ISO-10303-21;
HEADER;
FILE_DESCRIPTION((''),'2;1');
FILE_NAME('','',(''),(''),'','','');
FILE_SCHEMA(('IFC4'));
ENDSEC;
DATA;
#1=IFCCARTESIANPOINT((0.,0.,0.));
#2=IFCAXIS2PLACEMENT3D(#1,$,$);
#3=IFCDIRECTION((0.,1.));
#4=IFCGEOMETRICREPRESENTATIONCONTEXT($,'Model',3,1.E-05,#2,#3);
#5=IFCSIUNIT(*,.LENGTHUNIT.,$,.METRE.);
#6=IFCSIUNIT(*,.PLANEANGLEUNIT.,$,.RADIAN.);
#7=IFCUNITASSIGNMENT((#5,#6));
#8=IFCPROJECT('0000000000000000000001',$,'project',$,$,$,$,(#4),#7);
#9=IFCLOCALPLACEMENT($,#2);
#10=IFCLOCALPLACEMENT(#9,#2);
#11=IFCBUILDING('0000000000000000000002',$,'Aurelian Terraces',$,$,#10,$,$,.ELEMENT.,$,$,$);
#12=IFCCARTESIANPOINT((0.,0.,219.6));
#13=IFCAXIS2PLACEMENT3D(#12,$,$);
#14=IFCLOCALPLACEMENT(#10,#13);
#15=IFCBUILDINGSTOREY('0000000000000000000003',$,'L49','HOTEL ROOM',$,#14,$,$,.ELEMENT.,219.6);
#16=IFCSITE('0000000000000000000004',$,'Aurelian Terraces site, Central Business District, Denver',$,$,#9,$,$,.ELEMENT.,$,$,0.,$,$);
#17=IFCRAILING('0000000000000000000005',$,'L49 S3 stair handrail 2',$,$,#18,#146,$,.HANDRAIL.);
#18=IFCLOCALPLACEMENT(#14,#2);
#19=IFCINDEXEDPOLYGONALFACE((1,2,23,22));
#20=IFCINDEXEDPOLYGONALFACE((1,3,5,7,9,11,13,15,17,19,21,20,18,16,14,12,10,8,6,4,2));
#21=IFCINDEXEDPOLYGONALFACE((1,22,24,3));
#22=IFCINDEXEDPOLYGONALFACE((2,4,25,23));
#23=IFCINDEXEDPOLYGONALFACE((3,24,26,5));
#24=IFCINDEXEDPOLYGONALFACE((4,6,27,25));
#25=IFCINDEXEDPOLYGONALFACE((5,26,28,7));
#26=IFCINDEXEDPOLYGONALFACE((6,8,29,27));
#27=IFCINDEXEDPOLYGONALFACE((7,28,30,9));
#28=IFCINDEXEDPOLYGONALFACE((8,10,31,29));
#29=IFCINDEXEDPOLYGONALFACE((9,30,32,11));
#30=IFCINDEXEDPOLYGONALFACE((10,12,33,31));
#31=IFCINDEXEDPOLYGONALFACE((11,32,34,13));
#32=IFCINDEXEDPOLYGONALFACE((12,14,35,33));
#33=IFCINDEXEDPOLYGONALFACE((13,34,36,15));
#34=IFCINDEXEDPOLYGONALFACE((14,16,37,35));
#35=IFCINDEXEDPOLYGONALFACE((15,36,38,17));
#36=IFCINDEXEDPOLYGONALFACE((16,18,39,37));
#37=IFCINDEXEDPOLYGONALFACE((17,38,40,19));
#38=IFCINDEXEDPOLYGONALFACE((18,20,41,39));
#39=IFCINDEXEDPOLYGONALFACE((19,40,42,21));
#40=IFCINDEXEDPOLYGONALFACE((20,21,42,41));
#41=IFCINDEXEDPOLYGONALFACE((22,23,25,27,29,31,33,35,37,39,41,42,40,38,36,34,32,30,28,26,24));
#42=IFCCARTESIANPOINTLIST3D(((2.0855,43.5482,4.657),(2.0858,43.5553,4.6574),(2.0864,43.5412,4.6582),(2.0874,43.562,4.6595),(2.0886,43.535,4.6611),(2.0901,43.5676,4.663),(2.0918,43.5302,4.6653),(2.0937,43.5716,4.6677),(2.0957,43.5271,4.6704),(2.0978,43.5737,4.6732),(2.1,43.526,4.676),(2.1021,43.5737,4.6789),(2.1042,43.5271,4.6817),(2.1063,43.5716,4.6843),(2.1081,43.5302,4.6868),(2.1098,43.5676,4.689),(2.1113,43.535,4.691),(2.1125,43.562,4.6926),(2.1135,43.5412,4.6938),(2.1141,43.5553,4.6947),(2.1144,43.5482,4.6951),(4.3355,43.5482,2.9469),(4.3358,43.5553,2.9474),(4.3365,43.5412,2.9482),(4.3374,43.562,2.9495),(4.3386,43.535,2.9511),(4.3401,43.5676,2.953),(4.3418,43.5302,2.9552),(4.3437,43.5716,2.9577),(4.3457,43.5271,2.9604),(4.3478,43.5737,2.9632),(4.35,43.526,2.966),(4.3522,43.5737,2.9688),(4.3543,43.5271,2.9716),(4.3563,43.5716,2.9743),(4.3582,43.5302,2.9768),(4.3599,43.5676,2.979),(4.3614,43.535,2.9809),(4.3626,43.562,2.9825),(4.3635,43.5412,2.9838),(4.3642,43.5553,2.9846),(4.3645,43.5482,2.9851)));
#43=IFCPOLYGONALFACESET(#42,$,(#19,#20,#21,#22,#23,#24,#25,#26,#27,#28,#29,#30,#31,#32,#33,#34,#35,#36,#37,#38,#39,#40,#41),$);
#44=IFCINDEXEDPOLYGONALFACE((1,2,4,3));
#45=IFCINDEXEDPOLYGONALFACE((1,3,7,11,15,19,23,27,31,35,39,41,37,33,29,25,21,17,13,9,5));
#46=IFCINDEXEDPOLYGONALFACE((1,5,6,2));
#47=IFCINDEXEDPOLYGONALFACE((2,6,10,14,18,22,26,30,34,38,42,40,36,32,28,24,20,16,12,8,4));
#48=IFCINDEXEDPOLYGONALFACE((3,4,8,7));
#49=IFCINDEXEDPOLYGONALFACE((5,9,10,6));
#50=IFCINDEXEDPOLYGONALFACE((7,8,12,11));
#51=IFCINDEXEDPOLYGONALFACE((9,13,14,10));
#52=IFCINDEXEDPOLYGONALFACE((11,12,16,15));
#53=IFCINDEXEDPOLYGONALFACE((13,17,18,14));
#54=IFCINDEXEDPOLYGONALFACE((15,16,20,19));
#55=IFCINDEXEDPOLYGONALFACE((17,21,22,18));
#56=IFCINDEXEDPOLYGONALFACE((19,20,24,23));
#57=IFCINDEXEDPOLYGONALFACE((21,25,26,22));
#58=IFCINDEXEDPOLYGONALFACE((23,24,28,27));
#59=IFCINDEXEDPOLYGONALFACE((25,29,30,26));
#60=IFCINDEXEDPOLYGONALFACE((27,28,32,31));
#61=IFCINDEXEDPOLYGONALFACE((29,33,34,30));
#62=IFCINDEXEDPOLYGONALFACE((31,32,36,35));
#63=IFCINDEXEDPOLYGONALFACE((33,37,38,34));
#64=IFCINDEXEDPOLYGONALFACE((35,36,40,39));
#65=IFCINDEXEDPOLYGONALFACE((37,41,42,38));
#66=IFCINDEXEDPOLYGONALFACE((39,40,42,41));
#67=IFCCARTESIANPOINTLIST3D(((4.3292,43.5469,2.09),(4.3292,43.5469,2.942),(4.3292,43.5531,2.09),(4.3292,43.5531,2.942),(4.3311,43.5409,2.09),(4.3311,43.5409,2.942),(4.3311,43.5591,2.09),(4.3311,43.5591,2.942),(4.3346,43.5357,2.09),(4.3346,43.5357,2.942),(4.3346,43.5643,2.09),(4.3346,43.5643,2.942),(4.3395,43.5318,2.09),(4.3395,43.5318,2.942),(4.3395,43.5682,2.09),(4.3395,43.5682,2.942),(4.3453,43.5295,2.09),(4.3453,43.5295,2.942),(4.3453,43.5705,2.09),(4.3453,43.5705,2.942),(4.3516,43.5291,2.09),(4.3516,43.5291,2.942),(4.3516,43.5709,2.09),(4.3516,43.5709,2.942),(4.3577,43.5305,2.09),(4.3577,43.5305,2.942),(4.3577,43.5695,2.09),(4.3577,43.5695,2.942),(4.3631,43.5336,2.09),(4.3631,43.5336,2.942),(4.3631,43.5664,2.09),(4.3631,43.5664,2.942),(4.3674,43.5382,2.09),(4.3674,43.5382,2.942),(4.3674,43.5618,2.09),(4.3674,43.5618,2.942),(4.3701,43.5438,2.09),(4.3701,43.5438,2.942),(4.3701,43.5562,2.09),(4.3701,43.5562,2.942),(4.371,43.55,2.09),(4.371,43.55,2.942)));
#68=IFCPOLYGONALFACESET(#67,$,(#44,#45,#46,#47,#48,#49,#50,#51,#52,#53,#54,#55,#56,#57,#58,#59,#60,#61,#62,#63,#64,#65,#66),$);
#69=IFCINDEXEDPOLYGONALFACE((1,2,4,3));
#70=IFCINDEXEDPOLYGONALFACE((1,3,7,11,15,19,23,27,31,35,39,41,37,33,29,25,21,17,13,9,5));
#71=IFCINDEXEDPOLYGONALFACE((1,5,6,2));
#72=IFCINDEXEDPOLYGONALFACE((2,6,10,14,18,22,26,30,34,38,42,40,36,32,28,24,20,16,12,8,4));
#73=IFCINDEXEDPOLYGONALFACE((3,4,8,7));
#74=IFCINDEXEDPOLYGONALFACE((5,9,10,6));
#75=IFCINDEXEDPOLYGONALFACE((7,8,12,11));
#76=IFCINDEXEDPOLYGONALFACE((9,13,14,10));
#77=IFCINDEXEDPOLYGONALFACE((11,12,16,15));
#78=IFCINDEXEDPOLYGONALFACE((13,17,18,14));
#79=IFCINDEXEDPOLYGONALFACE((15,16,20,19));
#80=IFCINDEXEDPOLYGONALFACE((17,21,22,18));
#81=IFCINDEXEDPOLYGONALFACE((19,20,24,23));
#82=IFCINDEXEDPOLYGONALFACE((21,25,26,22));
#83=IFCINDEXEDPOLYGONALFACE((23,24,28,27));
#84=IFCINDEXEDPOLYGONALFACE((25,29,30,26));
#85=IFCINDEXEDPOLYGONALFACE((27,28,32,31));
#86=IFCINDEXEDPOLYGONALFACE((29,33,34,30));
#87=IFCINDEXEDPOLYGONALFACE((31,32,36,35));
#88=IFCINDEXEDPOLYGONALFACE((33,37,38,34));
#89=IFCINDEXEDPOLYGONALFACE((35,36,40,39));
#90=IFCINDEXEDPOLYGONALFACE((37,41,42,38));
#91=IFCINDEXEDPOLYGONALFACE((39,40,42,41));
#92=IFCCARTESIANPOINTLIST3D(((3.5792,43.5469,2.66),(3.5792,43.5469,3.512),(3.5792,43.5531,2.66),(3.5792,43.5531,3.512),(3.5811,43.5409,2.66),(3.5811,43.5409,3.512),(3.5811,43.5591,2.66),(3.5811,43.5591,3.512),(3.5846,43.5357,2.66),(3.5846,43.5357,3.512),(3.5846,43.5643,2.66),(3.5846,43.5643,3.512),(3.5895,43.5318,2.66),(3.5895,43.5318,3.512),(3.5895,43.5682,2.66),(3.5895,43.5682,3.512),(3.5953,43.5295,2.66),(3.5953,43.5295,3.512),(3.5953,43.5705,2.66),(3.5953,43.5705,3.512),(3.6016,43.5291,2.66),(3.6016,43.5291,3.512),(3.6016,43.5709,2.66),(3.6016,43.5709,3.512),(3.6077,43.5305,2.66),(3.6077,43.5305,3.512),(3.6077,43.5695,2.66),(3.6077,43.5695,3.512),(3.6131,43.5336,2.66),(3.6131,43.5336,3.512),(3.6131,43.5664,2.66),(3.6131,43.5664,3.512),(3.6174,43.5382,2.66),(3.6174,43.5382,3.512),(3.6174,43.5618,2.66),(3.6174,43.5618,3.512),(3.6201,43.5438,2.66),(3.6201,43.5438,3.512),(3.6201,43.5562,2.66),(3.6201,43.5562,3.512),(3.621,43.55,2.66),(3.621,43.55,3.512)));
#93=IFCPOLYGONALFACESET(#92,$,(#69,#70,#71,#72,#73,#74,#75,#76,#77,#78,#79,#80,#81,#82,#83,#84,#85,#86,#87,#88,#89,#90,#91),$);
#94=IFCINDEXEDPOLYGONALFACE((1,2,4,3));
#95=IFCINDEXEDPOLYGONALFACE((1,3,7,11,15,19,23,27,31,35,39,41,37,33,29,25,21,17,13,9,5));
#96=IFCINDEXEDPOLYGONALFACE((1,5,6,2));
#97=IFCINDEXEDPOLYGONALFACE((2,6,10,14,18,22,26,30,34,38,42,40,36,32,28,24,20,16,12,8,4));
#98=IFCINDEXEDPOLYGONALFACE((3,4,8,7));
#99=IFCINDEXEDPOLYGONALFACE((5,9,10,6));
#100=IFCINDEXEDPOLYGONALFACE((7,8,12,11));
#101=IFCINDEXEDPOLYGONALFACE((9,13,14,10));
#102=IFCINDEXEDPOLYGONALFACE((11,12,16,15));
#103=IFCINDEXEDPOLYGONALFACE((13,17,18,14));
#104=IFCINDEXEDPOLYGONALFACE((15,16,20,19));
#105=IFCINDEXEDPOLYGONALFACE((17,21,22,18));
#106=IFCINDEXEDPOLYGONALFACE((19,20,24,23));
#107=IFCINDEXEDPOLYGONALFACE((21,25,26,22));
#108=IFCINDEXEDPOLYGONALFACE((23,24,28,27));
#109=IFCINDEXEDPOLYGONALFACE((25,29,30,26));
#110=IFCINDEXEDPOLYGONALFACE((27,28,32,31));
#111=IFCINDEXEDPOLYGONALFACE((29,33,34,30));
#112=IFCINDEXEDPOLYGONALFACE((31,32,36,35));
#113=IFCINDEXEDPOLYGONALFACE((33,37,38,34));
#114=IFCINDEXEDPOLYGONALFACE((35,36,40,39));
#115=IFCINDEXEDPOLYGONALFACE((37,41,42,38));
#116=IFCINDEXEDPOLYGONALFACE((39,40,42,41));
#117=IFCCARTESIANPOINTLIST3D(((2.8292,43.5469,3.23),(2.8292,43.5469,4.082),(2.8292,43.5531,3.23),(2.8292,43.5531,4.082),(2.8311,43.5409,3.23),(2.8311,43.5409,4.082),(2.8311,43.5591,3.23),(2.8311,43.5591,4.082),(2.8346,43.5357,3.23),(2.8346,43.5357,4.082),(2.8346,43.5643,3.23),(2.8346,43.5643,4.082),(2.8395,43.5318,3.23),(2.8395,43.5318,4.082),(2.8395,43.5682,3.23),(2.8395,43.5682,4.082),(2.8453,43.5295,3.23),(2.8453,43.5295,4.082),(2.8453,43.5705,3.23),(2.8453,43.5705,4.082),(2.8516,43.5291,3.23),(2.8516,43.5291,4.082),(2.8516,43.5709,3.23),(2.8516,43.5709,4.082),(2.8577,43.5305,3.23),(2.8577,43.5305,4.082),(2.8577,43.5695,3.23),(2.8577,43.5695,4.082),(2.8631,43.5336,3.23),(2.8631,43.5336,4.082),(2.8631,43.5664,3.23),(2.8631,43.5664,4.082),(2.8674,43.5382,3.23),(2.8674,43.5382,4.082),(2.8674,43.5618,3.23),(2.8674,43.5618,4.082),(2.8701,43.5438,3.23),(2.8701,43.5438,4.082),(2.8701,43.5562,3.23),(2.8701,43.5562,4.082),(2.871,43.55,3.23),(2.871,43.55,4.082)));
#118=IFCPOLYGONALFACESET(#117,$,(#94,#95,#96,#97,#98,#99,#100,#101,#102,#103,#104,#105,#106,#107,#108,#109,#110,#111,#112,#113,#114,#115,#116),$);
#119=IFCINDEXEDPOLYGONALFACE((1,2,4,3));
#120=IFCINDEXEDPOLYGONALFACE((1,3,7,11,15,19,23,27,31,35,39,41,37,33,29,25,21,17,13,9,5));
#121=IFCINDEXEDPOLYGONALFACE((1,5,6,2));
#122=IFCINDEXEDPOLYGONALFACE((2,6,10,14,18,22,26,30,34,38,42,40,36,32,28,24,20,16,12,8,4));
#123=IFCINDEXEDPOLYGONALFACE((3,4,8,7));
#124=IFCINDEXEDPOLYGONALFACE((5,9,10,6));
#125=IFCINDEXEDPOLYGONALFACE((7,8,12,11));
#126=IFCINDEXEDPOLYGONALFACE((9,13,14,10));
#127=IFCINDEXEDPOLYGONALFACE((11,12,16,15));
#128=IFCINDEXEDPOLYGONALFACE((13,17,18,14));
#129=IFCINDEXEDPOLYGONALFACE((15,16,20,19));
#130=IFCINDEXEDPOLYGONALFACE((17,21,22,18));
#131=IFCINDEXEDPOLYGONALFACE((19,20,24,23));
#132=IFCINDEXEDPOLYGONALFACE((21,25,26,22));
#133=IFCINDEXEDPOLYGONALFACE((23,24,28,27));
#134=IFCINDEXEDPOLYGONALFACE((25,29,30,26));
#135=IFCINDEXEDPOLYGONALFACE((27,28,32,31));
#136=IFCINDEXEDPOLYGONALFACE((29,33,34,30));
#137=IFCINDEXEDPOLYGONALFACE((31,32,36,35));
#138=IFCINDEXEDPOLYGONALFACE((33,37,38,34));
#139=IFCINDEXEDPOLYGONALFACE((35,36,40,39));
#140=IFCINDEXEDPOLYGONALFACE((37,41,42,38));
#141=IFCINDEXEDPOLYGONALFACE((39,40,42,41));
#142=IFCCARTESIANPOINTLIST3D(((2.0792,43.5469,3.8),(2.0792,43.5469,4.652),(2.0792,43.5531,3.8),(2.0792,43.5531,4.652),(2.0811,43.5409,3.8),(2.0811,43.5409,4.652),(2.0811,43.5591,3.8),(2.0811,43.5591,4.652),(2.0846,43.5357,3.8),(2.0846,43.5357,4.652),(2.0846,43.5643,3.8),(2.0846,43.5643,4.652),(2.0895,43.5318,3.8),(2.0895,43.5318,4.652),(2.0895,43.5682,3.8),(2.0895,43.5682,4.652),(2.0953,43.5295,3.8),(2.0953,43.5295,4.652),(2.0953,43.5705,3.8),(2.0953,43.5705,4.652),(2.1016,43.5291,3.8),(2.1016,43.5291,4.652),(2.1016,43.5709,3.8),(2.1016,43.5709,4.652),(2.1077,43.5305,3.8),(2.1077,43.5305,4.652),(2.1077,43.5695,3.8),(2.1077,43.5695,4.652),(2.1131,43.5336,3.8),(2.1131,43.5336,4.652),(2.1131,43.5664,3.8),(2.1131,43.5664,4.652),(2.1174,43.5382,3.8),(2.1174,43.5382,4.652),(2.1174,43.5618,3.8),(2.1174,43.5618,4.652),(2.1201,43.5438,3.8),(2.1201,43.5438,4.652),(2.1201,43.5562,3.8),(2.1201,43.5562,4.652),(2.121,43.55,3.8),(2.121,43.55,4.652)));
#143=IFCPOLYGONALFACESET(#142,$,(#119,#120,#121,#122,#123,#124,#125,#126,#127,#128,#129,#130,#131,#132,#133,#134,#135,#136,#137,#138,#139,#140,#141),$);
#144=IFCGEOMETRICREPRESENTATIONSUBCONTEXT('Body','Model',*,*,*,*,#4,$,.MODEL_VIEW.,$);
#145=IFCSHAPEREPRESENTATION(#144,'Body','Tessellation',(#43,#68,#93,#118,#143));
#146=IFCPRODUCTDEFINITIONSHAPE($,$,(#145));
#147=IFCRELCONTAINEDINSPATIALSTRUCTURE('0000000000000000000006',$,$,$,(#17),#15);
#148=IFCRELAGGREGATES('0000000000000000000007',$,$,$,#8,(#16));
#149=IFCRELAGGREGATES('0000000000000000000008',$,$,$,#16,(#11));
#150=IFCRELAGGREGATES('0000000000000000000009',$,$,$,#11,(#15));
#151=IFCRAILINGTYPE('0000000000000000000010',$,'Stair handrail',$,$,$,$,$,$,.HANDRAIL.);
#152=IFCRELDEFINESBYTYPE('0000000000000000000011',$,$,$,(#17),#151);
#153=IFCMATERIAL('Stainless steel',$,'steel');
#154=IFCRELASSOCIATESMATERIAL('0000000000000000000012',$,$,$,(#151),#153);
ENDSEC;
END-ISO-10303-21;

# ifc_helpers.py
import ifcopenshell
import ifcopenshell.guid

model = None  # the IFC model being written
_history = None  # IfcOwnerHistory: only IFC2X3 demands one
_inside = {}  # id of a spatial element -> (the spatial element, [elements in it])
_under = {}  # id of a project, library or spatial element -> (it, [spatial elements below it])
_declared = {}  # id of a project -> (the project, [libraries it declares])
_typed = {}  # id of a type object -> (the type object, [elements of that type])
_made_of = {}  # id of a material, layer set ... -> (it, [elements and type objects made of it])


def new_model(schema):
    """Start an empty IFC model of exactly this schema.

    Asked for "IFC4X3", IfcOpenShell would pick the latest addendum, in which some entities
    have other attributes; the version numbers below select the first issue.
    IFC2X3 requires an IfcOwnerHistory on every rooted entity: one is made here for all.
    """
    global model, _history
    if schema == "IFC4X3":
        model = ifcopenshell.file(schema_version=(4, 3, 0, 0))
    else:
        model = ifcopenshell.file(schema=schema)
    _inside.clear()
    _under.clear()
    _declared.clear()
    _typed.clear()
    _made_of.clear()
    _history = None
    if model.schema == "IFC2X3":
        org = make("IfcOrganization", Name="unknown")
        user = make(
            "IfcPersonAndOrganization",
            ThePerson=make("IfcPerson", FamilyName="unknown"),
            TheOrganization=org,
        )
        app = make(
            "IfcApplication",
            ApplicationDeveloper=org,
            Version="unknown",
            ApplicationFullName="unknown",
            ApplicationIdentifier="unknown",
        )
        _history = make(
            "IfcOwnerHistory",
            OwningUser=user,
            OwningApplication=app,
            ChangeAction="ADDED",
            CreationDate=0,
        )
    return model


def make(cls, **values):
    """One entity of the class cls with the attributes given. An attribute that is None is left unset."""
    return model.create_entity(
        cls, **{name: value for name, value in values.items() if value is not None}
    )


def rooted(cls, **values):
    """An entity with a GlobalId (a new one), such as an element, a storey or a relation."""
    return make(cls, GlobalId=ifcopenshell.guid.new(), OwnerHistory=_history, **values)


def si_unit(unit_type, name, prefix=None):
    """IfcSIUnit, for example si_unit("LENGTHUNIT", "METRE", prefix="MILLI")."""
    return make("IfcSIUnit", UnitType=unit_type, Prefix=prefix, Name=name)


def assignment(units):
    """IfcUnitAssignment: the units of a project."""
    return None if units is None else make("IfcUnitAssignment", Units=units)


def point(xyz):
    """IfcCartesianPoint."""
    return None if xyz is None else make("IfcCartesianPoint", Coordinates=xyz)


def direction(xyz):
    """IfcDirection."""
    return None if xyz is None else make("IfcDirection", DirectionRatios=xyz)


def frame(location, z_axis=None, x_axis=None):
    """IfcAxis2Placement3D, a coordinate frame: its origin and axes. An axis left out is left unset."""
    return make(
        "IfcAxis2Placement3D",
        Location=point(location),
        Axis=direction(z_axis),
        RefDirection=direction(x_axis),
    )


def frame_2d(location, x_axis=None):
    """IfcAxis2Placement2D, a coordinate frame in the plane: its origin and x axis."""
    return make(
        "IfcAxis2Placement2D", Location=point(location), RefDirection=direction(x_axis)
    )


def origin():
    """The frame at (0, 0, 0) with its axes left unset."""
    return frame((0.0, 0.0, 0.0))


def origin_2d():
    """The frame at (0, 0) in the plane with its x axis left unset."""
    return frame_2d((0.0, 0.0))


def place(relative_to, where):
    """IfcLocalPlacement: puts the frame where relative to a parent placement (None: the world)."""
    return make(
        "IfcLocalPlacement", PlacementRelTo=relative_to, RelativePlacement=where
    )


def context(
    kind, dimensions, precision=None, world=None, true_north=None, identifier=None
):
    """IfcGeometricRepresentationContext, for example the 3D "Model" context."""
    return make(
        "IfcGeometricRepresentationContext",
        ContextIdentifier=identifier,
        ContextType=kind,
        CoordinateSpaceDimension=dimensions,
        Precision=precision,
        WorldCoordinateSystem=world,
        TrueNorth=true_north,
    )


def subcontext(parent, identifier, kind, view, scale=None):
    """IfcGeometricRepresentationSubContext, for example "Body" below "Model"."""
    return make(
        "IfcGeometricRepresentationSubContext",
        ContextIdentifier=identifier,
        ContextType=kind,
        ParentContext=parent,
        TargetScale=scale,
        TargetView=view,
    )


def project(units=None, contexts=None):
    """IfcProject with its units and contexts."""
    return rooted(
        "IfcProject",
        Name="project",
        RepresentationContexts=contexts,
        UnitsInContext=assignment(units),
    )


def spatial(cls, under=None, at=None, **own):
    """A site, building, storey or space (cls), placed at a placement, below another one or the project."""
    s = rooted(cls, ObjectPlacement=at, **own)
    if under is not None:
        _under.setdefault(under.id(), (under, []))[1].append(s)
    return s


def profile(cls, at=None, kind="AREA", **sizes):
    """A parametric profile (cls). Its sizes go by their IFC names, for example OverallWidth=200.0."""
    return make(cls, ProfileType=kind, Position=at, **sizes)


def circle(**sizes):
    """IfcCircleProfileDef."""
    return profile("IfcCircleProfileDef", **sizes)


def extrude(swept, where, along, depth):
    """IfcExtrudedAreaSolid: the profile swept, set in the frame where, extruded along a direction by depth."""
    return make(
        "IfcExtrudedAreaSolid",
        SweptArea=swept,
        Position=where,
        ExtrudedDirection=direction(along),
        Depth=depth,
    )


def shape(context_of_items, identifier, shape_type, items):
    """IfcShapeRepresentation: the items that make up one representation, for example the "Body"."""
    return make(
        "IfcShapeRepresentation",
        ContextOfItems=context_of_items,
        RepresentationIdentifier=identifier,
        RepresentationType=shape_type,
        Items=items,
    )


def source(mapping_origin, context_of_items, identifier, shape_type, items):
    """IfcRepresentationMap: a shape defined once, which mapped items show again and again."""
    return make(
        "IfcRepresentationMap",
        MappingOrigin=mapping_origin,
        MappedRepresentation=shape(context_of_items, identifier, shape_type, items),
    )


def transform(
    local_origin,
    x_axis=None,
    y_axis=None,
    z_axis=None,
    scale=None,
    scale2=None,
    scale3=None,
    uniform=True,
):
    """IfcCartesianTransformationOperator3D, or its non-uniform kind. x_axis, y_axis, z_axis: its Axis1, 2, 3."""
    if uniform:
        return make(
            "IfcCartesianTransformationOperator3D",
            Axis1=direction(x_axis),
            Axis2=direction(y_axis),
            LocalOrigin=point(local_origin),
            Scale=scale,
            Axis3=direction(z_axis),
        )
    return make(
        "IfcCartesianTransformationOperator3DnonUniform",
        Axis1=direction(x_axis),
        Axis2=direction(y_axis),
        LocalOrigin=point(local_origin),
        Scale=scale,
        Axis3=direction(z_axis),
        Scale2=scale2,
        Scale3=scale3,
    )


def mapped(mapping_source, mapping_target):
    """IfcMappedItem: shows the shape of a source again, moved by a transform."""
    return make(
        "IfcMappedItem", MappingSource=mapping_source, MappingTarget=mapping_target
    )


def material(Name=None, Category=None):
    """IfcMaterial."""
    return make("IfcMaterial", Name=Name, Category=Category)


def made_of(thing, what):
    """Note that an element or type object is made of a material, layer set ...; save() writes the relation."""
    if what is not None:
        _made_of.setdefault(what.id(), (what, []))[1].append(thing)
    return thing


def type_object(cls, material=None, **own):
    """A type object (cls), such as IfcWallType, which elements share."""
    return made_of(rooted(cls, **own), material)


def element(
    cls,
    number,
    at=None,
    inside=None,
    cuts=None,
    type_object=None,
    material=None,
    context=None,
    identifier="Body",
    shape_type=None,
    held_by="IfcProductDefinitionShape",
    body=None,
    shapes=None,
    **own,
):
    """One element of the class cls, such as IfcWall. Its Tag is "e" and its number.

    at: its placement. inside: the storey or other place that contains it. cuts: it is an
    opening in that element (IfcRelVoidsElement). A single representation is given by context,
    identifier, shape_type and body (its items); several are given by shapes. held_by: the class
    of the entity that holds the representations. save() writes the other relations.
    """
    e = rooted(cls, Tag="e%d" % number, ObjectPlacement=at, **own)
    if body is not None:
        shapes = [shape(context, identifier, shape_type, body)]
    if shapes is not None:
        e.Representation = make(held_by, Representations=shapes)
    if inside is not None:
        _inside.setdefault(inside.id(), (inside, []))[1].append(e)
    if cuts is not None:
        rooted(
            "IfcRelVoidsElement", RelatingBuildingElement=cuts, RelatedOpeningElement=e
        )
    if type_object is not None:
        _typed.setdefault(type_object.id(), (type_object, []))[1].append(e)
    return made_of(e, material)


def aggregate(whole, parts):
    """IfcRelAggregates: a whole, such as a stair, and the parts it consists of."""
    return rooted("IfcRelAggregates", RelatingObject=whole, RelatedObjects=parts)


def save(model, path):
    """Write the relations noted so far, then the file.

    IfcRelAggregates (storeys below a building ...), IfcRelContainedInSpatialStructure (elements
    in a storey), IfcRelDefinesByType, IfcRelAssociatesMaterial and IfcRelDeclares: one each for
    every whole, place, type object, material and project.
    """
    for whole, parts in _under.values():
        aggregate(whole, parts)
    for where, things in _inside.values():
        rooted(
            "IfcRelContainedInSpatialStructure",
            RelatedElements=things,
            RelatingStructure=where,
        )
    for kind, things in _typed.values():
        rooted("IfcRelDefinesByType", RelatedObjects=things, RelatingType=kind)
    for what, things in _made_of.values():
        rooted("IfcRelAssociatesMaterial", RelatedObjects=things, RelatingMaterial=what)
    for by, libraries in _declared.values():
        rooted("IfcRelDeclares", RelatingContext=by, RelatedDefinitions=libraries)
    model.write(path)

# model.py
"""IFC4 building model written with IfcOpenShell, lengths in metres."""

from ifc_helpers import new_model, si_unit, direction, frame, origin, origin_2d, place, context, subcontext, project, spatial, circle, extrude, source, transform, mapped, material, type_object, element, save


model = new_model("IFC4")

# Units and contexts
model_context = context("Model", 3, precision=1e-05, world=origin(), true_north=direction((0.0, 1.0)))
body_context = subcontext(model_context, "Body", "Model", "MODEL_VIEW")
ifc_project = project(units=[si_unit("LENGTHUNIT", "METRE"), si_unit("PLANEANGLEUNIT", "RADIAN")], contexts=[model_context])

# Site, building, storey
site_placement = place(None, origin())
site = spatial("IfcSite", under=ifc_project, at=site_placement, Name="Aurelian Terraces site, Central Business District, Denver", CompositionType="ELEMENT", RefElevation=0.0)
building_placement = place(site_placement, origin())
building = spatial("IfcBuilding", under=site, at=building_placement, Name="Aurelian Terraces", CompositionType="ELEMENT")
storey_placement = place(building_placement, frame((0.0, 0.0, 219.6)))
storey = spatial("IfcBuildingStorey", under=building, at=storey_placement, Name="L49", Description="HOTEL ROOM", CompositionType="ELEMENT", Elevation=219.6)

# Railing
ifc_material_1 = material(Name="Stainless steel", Category="steel")
railing_type_1 = type_object("IfcRailingType", Name="Stair handrail", PredefinedType="HANDRAIL", material=ifc_material_1)
shared_shape_1 = source(origin(), body_context, "Body", "SweptSolid", [
    extrude(circle(Radius=0.024, at=origin_2d()), frame((0.0, 0.0, 0.876), z_axis=(-0.796162, 0.0, 0.605083), x_axis=(0.0, -1.0, 0.0)), (0.0, 0.0, 1.0), 2.8261),
    extrude(circle(Radius=0.021, at=origin_2d()), origin(), (0.0, 0.0, 1.0), 0.852),
    extrude(circle(Radius=0.021, at=origin_2d()), frame((-0.75, 0.0, 0.57)), (0.0, 0.0, 1.0), 0.852),
    extrude(circle(Radius=0.021, at=origin_2d()), frame((-1.5, 0.0, 1.14)), (0.0, 0.0, 1.0), 0.852),
    extrude(circle(Radius=0.021, at=origin_2d()), frame((-2.25, 0.0, 1.71)), (0.0, 0.0, 1.0), 0.852),
])
railing_1_placement = place(storey_placement, frame((4.35, 43.55, 2.09)))
element("IfcRailing", 1, at=railing_1_placement, inside=storey, type_object=railing_type_1, Name="L49 S3 stair handrail 2", PredefinedType="HANDRAIL", context=body_context, shape_type="MappedRepresentation", body=[
    mapped(shared_shape_1, transform((0.0, 0.0, 0.0), scale=1.0)),
])

save(model, "model.ifc")
